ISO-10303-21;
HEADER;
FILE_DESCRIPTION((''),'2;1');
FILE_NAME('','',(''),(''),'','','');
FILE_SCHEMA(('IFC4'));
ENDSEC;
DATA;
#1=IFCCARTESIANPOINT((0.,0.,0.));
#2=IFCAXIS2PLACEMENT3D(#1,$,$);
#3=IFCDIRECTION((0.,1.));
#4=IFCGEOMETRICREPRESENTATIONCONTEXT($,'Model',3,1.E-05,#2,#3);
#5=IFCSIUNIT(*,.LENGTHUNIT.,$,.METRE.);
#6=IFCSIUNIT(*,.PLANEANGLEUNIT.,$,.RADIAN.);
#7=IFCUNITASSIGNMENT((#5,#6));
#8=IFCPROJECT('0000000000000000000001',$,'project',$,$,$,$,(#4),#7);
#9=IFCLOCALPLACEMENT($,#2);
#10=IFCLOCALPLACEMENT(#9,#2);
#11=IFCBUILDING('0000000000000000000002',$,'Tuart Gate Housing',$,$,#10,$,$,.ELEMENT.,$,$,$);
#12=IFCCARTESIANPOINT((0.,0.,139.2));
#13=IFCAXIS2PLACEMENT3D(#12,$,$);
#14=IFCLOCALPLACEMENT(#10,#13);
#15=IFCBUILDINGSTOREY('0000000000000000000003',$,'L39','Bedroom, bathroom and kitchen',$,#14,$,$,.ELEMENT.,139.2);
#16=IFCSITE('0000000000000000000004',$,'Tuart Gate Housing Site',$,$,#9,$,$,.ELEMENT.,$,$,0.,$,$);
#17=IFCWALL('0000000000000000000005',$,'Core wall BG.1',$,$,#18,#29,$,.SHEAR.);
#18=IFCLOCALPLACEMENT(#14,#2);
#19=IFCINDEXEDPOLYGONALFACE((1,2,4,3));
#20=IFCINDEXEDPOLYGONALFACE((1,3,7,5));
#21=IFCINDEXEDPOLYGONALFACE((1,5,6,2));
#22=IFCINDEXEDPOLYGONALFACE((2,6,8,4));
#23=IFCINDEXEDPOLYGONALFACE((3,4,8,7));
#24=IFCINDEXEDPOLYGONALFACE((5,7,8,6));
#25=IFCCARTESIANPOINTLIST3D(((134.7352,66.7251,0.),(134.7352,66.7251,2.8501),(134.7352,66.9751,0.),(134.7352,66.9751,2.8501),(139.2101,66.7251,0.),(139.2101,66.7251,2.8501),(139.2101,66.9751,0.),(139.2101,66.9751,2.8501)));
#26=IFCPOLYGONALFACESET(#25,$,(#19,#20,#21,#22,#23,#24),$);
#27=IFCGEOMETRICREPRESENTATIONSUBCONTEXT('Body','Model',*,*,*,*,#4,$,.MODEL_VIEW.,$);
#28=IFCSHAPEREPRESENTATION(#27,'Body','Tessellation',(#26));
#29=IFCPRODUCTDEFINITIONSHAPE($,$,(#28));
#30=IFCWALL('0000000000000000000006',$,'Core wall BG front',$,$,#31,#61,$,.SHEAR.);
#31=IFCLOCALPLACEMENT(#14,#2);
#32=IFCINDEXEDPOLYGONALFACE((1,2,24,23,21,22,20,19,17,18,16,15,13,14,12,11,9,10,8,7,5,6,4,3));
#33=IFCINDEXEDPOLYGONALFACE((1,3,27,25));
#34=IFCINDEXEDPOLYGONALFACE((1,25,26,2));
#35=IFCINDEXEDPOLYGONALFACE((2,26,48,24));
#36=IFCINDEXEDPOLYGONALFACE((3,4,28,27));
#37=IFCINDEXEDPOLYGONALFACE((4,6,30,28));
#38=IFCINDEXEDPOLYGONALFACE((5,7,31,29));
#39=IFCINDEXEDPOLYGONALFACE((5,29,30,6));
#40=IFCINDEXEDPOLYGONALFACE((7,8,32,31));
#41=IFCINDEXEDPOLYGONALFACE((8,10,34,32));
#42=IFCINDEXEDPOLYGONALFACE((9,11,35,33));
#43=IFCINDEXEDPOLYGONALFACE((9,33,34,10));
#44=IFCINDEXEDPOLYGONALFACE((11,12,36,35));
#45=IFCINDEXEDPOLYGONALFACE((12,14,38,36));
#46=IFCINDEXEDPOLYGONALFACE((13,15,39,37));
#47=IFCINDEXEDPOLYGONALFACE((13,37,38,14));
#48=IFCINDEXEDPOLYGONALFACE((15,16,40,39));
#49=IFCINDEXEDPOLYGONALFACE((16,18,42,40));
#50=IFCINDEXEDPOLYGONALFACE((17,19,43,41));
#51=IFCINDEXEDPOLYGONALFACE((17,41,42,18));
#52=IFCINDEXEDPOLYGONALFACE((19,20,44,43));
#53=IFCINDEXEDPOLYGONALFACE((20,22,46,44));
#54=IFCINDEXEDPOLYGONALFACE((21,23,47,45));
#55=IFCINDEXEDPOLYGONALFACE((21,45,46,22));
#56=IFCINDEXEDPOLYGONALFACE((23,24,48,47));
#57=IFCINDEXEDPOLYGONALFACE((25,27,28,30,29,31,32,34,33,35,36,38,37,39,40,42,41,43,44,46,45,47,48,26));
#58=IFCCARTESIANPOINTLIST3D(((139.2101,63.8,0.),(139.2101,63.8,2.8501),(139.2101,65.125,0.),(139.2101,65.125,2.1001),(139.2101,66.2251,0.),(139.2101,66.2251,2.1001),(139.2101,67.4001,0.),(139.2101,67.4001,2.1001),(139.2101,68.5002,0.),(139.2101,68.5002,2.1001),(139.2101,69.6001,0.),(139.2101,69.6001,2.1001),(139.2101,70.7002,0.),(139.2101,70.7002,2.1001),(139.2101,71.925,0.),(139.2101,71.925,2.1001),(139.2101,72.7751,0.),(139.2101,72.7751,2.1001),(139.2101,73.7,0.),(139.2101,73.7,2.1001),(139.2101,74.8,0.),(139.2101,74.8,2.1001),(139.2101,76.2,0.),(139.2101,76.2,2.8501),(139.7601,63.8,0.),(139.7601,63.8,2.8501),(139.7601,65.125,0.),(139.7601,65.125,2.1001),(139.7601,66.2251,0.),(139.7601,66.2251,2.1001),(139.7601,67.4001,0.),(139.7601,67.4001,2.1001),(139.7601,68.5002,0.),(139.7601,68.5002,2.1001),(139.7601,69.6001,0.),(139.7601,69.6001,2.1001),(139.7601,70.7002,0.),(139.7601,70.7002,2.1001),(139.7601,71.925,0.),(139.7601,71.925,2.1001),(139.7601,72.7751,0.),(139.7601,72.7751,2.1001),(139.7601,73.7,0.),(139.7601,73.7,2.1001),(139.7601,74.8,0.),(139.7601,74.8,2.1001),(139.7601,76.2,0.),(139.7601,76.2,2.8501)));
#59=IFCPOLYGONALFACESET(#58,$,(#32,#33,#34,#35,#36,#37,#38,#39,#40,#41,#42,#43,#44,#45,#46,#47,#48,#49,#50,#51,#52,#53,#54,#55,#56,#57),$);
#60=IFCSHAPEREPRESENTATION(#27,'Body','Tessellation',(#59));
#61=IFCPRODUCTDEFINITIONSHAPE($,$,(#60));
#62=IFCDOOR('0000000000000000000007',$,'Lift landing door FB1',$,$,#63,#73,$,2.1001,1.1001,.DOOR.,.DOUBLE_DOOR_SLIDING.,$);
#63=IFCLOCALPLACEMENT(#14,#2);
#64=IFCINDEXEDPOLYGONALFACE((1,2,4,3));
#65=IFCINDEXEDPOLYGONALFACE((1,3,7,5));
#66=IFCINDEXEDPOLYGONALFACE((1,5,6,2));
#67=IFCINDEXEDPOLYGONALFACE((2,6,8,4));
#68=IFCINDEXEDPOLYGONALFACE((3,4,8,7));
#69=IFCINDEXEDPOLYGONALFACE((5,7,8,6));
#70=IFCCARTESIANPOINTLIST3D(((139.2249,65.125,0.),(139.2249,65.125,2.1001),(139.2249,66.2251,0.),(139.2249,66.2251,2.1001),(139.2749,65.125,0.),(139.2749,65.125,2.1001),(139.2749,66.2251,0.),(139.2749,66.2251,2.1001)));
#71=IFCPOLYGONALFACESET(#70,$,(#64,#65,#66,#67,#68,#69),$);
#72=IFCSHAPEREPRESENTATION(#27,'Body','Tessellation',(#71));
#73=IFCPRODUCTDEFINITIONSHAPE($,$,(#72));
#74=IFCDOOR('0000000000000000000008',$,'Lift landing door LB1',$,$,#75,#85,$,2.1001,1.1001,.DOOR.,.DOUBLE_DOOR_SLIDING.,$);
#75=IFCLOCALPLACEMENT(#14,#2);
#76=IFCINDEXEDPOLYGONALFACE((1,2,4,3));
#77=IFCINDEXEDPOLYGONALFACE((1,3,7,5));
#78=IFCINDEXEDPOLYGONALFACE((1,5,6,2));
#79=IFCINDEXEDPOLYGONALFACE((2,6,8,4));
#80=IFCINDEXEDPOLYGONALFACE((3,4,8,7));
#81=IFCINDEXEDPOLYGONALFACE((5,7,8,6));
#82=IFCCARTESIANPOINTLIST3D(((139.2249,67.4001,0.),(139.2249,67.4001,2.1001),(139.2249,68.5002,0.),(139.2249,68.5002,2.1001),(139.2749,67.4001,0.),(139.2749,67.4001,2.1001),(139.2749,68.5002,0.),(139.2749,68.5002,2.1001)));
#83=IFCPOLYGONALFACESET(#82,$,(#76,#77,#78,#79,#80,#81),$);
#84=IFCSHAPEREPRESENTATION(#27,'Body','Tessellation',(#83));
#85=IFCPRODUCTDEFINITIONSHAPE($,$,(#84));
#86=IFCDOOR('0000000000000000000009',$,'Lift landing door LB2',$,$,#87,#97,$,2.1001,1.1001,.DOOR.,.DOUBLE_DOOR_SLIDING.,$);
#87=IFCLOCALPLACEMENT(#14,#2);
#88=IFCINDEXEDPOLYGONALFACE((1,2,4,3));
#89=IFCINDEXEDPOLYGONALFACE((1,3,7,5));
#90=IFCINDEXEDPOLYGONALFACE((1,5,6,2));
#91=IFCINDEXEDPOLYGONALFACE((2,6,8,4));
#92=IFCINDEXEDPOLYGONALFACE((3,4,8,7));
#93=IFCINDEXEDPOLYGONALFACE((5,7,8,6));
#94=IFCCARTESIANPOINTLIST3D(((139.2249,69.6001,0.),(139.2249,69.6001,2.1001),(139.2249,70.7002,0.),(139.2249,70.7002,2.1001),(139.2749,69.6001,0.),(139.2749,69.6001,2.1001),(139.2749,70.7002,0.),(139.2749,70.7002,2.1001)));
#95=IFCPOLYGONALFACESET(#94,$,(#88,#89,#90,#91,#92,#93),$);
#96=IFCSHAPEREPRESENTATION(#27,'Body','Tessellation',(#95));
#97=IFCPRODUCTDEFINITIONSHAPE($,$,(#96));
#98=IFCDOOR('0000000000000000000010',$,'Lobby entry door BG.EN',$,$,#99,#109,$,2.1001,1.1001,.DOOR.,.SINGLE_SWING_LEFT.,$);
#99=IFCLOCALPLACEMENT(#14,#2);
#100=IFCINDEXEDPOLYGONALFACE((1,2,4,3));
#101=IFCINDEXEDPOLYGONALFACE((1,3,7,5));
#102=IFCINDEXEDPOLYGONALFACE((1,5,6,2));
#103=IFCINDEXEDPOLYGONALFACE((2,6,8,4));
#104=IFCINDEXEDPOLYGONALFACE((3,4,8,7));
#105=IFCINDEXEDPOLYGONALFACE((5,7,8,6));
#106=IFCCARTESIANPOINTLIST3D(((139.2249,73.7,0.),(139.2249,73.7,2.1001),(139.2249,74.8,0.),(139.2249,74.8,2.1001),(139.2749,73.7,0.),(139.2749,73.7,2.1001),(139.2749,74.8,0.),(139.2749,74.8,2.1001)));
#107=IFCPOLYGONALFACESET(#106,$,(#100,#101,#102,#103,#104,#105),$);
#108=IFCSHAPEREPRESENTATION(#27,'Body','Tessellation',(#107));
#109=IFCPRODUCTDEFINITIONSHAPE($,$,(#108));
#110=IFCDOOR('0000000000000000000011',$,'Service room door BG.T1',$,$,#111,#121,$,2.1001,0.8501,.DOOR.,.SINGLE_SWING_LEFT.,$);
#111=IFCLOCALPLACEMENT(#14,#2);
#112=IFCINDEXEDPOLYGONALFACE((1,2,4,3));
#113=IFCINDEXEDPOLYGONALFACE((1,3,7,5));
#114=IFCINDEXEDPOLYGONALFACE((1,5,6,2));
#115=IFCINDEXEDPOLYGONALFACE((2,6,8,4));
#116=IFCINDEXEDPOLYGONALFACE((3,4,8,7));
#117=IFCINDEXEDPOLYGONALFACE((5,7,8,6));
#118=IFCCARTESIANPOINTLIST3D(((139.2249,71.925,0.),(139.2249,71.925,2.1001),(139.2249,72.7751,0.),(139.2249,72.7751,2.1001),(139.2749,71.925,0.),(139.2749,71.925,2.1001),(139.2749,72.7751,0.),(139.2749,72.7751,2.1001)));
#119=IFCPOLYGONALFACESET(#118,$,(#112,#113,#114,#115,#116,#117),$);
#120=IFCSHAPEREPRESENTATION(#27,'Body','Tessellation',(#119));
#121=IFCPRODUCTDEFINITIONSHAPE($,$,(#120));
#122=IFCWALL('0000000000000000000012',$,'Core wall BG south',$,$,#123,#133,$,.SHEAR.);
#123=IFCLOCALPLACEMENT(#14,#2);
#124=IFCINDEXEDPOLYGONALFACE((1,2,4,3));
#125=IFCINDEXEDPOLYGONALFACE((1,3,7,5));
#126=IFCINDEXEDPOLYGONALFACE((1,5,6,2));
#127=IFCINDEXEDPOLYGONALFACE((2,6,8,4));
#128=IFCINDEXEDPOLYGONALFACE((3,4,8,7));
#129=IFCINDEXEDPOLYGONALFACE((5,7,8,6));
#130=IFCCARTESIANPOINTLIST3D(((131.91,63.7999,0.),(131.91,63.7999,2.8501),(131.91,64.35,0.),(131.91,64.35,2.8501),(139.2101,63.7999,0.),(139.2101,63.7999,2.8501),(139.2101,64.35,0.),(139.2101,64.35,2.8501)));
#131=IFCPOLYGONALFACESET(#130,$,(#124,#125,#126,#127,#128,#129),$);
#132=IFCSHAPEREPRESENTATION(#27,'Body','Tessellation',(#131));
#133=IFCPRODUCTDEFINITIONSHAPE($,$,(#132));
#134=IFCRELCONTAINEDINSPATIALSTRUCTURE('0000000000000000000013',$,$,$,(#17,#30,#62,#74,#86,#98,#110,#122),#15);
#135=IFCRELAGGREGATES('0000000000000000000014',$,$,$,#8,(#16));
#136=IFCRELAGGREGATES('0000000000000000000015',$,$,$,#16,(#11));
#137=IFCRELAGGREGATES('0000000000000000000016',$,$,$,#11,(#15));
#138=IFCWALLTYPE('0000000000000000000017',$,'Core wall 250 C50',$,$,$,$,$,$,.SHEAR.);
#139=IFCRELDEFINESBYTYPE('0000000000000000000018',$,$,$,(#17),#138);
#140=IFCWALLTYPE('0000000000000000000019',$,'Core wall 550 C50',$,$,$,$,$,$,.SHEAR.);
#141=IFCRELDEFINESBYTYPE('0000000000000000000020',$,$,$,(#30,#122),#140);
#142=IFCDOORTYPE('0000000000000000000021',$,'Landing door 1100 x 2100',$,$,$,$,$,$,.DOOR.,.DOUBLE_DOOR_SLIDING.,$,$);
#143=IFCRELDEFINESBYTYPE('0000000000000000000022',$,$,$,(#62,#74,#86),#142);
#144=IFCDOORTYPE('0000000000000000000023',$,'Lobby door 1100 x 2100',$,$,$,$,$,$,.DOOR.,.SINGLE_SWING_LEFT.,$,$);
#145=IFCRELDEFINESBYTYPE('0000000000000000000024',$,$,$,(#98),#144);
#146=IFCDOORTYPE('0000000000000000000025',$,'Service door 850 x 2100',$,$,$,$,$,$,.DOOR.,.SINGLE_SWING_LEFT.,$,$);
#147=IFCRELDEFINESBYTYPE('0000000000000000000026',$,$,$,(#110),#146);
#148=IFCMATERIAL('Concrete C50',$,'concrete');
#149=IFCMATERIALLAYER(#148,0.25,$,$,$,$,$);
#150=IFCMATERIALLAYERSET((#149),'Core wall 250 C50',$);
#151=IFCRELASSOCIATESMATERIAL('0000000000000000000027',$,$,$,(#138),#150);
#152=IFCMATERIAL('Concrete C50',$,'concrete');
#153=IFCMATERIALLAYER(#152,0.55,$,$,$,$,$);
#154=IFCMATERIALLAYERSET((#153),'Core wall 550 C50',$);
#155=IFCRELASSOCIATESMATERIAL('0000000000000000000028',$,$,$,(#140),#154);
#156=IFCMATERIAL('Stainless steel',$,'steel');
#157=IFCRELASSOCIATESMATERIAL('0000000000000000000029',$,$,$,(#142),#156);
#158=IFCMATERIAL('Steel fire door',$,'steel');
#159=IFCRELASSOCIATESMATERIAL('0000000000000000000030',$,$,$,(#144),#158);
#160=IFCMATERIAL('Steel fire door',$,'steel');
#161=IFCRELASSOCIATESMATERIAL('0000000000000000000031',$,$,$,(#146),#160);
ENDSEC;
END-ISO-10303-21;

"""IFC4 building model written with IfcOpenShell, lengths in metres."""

from ifc_helpers import new_model, si_unit, direction, frame, frame_2d, origin, place, context, subcontext, project, spatial, rectangle, extrude, material, layer, layer_set, type_object, element, fill, save


model = new_model("IFC4")

# Units and contexts
model_context = context("Model", 3, precision=1e-05, world=origin(), true_north=direction((0.0, 1.0)))
body_context = subcontext(model_context, "Body", "Model", "MODEL_VIEW")
ifc_project = project(units=[si_unit("LENGTHUNIT", "METRE"), si_unit("PLANEANGLEUNIT", "RADIAN")], contexts=[model_context])

# Site, building, storey
site_placement = place(None, origin())
site = spatial("IfcSite", under=ifc_project, at=site_placement, Name="Tuart Gate Housing Site", CompositionType="ELEMENT", RefElevation=0.0)
building_placement = place(site_placement, origin())
building = spatial("IfcBuilding", under=site, at=building_placement, Name="Tuart Gate Housing", CompositionType="ELEMENT")
storey_placement = place(building_placement, frame((0.0, 0.0, 139.2)))
storey = spatial("IfcBuildingStorey", under=building, at=storey_placement, Name="L39", Description="Bedroom, bathroom and kitchen", CompositionType="ELEMENT", Elevation=139.2)

# Wall
ifc_material_1 = material(Name="Concrete C50", Category="concrete")
ifc_layer_1 = layer(ifc_material_1, 0.25)
ifc_layer_set_1 = layer_set([ifc_layer_1], Name="Core wall 250 C50")
wall_type_1 = type_object("IfcWallType", Name="Core wall 250 C50", PredefinedType="SHEAR", material=ifc_layer_set_1)
wall_1_placement = place(storey_placement, frame((139.21, 66.8501, 0.0), z_axis=(0.0, 0.0, 1.0), x_axis=(-1.0, 0.0, 0.0)))
element("IfcWall", 1, at=wall_1_placement, inside=storey, type_object=wall_type_1, Name="Core wall BG.1", PredefinedType="SHEAR", context=body_context, shape_type="SweptSolid", body=[
    extrude(rectangle(XDim=4.4749, YDim=0.25, at=frame_2d((2.2373, 0.0))), origin(), (0.0, 0.0, 1.0), 2.8501),
])

# Wall, openings, doors
ifc_material_2 = material(Name="Concrete C50", Category="concrete")
ifc_layer_2 = layer(ifc_material_2, 0.55)
ifc_layer_set_2 = layer_set([ifc_layer_2], Name="Core wall 550 C50")
wall_type_2 = type_object("IfcWallType", Name="Core wall 550 C50", PredefinedType="SHEAR", material=ifc_layer_set_2)
wall_2_placement = place(storey_placement, frame((139.4851, 63.8, 0.0), z_axis=(0.0, 0.0, 1.0), x_axis=(0.0, 1.0, 0.0)))
wall_2 = element("IfcWall", 2, at=wall_2_placement, inside=storey, type_object=wall_type_2, Name="Core wall BG front", PredefinedType="SHEAR", context=body_context, shape_type="SweptSolid", body=[
    extrude(rectangle(XDim=12.3999, YDim=0.55, at=frame_2d((6.2, 0.0))), origin(), (0.0, 0.0, 1.0), 2.8501),
])
opening_1_placement = place(wall_2_placement, frame((1.325, 0.0, 0.0)))
opening_1 = element("IfcOpeningElement", 3, at=opening_1_placement, cuts=wall_2, PredefinedType="OPENING", context=body_context, shape_type="SweptSolid", body=[
    extrude(rectangle(XDim=1.1001, YDim=2.1001, at=frame_2d((0.55, 1.05))), frame((0.0, 0.2849, 0.0), z_axis=(0.0, -1.0, 0.0), x_axis=(1.0, 0.0, 0.0)), (0.0, 0.0, 1.0), 0.5701),
])
opening_2_placement = place(wall_2_placement, frame((3.6001, 0.0, 0.0)))
opening_2 = element("IfcOpeningElement", 4, at=opening_2_placement, cuts=wall_2, PredefinedType="OPENING", context=body_context, shape_type="SweptSolid", body=[
    extrude(rectangle(XDim=1.1001, YDim=2.1001, at=frame_2d((0.55, 1.05))), frame((0.0, 0.2849, 0.0), z_axis=(0.0, -1.0, 0.0), x_axis=(1.0, 0.0, 0.0)), (0.0, 0.0, 1.0), 0.5701),
])
opening_3_placement = place(wall_2_placement, frame((5.8, 0.0, 0.0)))
opening_3 = element("IfcOpeningElement", 5, at=opening_3_placement, cuts=wall_2, PredefinedType="OPENING", context=body_context, shape_type="SweptSolid", body=[
    extrude(rectangle(XDim=1.1001, YDim=2.1001, at=frame_2d((0.55, 1.05))), frame((0.0, 0.2849, 0.0), z_axis=(0.0, -1.0, 0.0), x_axis=(1.0, 0.0, 0.0)), (0.0, 0.0, 1.0), 0.5701),
])
opening_4_placement = place(wall_2_placement, frame((9.8999, 0.0, 0.0)))
opening_4 = element("IfcOpeningElement", 6, at=opening_4_placement, cuts=wall_2, PredefinedType="OPENING", context=body_context, shape_type="SweptSolid", body=[
    extrude(rectangle(XDim=1.1001, YDim=2.1001, at=frame_2d((0.55, 1.05))), frame((0.0, 0.2849, 0.0), z_axis=(0.0, -1.0, 0.0), x_axis=(1.0, 0.0, 0.0)), (0.0, 0.0, 1.0), 0.5701),
])
opening_5_placement = place(wall_2_placement, frame((8.125, 0.0, 0.0)))
opening_5 = element("IfcOpeningElement", 7, at=opening_5_placement, cuts=wall_2, PredefinedType="OPENING", context=body_context, shape_type="SweptSolid", body=[
    extrude(rectangle(XDim=0.8501, YDim=2.1001, at=frame_2d((0.425, 1.05))), frame((0.0, 0.2849, 0.0), z_axis=(0.0, -1.0, 0.0), x_axis=(1.0, 0.0, 0.0)), (0.0, 0.0, 1.0), 0.5701),
])
ifc_material_3 = material(Name="Stainless steel", Category="steel")
door_type_1 = type_object("IfcDoorType", Name="Landing door 1100 x 2100", OperationType="DOUBLE_DOOR_SLIDING", PredefinedType="DOOR", material=ifc_material_3)
door_1_placement = place(opening_1_placement, origin())
door_1 = element("IfcDoor", 8, at=door_1_placement, inside=storey, type_object=door_type_1, Name="Lift landing door FB1", OperationType="DOUBLE_DOOR_SLIDING", OverallHeight=2.1001, OverallWidth=1.1001, PredefinedType="DOOR", context=body_context, shape_type="SweptSolid", body=[
    extrude(rectangle(XDim=1.1001, YDim=2.1001, at=frame_2d((0.55, 1.05))), frame((0.0, 0.2603, 0.0), z_axis=(0.0, -1.0, 0.0), x_axis=(1.0, 0.0, 0.0)), (0.0, 0.0, 1.0), 0.05),
])
fill(opening_1, door_1)
door_2_placement = place(opening_2_placement, origin())
door_2 = element("IfcDoor", 9, at=door_2_placement, inside=storey, type_object=door_type_1, Name="Lift landing door LB1", OperationType="DOUBLE_DOOR_SLIDING", OverallHeight=2.1001, OverallWidth=1.1001, PredefinedType="DOOR", context=body_context, shape_type="SweptSolid", body=[
    extrude(rectangle(XDim=1.1001, YDim=2.1001, at=frame_2d((0.55, 1.05))), frame((0.0, 0.2603, 0.0), z_axis=(0.0, -1.0, 0.0), x_axis=(1.0, 0.0, 0.0)), (0.0, 0.0, 1.0), 0.05),
])
fill(opening_2, door_2)
door_3_placement = place(opening_3_placement, origin())
door_3 = element("IfcDoor", 10, at=door_3_placement, inside=storey, type_object=door_type_1, Name="Lift landing door LB2", OperationType="DOUBLE_DOOR_SLIDING", OverallHeight=2.1001, OverallWidth=1.1001, PredefinedType="DOOR", context=body_context, shape_type="SweptSolid", body=[
    extrude(rectangle(XDim=1.1001, YDim=2.1001, at=frame_2d((0.55, 1.05))), frame((0.0, 0.2603, 0.0), z_axis=(0.0, -1.0, 0.0), x_axis=(1.0, 0.0, 0.0)), (0.0, 0.0, 1.0), 0.05),
])
fill(opening_3, door_3)
ifc_material_4 = material(Name="Steel fire door", Category="steel")
door_type_2 = type_object("IfcDoorType", Name="Lobby door 1100 x 2100", OperationType="SINGLE_SWING_LEFT", PredefinedType="DOOR", material=ifc_material_4)
door_4_placement = place(opening_4_placement, origin())
door_4 = element("IfcDoor", 11, at=door_4_placement, inside=storey, type_object=door_type_2, Name="Lobby entry door BG.EN", OperationType="SINGLE_SWING_LEFT", OverallHeight=2.1001, OverallWidth=1.1001, PredefinedType="DOOR", context=body_context, shape_type="SweptSolid", body=[
    extrude(rectangle(XDim=1.1001, YDim=2.1001, at=frame_2d((0.55, 1.05))), frame((0.0, 0.2603, 0.0), z_axis=(0.0, -1.0, 0.0), x_axis=(1.0, 0.0, 0.0)), (0.0, 0.0, 1.0), 0.05),
])
fill(opening_4, door_4)
ifc_material_5 = material(Name="Steel fire door", Category="steel")
door_type_3 = type_object("IfcDoorType", Name="Service door 850 x 2100", OperationType="SINGLE_SWING_LEFT", PredefinedType="DOOR", material=ifc_material_5)
door_5_placement = place(opening_5_placement, origin())
door_5 = element("IfcDoor", 12, at=door_5_placement, inside=storey, type_object=door_type_3, Name="Service room door BG.T1", OperationType="SINGLE_SWING_LEFT", OverallHeight=2.1001, OverallWidth=0.8501, PredefinedType="DOOR", context=body_context, shape_type="SweptSolid", body=[
    extrude(rectangle(XDim=0.8501, YDim=2.1001, at=frame_2d((0.425, 1.05))), frame((0.0, 0.2603, 0.0), z_axis=(0.0, -1.0, 0.0), x_axis=(1.0, 0.0, 0.0)), (0.0, 0.0, 1.0), 0.05),
])
fill(opening_5, door_5)

# Wall
wall_3_placement = place(storey_placement, frame((139.21, 64.075, 0.0), z_axis=(0.0, 0.0, 1.0), x_axis=(-1.0, 0.0, 0.0)))
element("IfcWall", 13, at=wall_3_placement, inside=storey, type_object=wall_type_2, Name="Core wall BG south", PredefinedType="SHEAR", context=body_context, shape_type="SweptSolid", body=[
    extrude(rectangle(XDim=7.3, YDim=0.55, at=frame_2d((3.6499, 0.0))), origin(), (0.0, 0.0, 1.0), 2.8501),
])

save(model, "model.ifc")
